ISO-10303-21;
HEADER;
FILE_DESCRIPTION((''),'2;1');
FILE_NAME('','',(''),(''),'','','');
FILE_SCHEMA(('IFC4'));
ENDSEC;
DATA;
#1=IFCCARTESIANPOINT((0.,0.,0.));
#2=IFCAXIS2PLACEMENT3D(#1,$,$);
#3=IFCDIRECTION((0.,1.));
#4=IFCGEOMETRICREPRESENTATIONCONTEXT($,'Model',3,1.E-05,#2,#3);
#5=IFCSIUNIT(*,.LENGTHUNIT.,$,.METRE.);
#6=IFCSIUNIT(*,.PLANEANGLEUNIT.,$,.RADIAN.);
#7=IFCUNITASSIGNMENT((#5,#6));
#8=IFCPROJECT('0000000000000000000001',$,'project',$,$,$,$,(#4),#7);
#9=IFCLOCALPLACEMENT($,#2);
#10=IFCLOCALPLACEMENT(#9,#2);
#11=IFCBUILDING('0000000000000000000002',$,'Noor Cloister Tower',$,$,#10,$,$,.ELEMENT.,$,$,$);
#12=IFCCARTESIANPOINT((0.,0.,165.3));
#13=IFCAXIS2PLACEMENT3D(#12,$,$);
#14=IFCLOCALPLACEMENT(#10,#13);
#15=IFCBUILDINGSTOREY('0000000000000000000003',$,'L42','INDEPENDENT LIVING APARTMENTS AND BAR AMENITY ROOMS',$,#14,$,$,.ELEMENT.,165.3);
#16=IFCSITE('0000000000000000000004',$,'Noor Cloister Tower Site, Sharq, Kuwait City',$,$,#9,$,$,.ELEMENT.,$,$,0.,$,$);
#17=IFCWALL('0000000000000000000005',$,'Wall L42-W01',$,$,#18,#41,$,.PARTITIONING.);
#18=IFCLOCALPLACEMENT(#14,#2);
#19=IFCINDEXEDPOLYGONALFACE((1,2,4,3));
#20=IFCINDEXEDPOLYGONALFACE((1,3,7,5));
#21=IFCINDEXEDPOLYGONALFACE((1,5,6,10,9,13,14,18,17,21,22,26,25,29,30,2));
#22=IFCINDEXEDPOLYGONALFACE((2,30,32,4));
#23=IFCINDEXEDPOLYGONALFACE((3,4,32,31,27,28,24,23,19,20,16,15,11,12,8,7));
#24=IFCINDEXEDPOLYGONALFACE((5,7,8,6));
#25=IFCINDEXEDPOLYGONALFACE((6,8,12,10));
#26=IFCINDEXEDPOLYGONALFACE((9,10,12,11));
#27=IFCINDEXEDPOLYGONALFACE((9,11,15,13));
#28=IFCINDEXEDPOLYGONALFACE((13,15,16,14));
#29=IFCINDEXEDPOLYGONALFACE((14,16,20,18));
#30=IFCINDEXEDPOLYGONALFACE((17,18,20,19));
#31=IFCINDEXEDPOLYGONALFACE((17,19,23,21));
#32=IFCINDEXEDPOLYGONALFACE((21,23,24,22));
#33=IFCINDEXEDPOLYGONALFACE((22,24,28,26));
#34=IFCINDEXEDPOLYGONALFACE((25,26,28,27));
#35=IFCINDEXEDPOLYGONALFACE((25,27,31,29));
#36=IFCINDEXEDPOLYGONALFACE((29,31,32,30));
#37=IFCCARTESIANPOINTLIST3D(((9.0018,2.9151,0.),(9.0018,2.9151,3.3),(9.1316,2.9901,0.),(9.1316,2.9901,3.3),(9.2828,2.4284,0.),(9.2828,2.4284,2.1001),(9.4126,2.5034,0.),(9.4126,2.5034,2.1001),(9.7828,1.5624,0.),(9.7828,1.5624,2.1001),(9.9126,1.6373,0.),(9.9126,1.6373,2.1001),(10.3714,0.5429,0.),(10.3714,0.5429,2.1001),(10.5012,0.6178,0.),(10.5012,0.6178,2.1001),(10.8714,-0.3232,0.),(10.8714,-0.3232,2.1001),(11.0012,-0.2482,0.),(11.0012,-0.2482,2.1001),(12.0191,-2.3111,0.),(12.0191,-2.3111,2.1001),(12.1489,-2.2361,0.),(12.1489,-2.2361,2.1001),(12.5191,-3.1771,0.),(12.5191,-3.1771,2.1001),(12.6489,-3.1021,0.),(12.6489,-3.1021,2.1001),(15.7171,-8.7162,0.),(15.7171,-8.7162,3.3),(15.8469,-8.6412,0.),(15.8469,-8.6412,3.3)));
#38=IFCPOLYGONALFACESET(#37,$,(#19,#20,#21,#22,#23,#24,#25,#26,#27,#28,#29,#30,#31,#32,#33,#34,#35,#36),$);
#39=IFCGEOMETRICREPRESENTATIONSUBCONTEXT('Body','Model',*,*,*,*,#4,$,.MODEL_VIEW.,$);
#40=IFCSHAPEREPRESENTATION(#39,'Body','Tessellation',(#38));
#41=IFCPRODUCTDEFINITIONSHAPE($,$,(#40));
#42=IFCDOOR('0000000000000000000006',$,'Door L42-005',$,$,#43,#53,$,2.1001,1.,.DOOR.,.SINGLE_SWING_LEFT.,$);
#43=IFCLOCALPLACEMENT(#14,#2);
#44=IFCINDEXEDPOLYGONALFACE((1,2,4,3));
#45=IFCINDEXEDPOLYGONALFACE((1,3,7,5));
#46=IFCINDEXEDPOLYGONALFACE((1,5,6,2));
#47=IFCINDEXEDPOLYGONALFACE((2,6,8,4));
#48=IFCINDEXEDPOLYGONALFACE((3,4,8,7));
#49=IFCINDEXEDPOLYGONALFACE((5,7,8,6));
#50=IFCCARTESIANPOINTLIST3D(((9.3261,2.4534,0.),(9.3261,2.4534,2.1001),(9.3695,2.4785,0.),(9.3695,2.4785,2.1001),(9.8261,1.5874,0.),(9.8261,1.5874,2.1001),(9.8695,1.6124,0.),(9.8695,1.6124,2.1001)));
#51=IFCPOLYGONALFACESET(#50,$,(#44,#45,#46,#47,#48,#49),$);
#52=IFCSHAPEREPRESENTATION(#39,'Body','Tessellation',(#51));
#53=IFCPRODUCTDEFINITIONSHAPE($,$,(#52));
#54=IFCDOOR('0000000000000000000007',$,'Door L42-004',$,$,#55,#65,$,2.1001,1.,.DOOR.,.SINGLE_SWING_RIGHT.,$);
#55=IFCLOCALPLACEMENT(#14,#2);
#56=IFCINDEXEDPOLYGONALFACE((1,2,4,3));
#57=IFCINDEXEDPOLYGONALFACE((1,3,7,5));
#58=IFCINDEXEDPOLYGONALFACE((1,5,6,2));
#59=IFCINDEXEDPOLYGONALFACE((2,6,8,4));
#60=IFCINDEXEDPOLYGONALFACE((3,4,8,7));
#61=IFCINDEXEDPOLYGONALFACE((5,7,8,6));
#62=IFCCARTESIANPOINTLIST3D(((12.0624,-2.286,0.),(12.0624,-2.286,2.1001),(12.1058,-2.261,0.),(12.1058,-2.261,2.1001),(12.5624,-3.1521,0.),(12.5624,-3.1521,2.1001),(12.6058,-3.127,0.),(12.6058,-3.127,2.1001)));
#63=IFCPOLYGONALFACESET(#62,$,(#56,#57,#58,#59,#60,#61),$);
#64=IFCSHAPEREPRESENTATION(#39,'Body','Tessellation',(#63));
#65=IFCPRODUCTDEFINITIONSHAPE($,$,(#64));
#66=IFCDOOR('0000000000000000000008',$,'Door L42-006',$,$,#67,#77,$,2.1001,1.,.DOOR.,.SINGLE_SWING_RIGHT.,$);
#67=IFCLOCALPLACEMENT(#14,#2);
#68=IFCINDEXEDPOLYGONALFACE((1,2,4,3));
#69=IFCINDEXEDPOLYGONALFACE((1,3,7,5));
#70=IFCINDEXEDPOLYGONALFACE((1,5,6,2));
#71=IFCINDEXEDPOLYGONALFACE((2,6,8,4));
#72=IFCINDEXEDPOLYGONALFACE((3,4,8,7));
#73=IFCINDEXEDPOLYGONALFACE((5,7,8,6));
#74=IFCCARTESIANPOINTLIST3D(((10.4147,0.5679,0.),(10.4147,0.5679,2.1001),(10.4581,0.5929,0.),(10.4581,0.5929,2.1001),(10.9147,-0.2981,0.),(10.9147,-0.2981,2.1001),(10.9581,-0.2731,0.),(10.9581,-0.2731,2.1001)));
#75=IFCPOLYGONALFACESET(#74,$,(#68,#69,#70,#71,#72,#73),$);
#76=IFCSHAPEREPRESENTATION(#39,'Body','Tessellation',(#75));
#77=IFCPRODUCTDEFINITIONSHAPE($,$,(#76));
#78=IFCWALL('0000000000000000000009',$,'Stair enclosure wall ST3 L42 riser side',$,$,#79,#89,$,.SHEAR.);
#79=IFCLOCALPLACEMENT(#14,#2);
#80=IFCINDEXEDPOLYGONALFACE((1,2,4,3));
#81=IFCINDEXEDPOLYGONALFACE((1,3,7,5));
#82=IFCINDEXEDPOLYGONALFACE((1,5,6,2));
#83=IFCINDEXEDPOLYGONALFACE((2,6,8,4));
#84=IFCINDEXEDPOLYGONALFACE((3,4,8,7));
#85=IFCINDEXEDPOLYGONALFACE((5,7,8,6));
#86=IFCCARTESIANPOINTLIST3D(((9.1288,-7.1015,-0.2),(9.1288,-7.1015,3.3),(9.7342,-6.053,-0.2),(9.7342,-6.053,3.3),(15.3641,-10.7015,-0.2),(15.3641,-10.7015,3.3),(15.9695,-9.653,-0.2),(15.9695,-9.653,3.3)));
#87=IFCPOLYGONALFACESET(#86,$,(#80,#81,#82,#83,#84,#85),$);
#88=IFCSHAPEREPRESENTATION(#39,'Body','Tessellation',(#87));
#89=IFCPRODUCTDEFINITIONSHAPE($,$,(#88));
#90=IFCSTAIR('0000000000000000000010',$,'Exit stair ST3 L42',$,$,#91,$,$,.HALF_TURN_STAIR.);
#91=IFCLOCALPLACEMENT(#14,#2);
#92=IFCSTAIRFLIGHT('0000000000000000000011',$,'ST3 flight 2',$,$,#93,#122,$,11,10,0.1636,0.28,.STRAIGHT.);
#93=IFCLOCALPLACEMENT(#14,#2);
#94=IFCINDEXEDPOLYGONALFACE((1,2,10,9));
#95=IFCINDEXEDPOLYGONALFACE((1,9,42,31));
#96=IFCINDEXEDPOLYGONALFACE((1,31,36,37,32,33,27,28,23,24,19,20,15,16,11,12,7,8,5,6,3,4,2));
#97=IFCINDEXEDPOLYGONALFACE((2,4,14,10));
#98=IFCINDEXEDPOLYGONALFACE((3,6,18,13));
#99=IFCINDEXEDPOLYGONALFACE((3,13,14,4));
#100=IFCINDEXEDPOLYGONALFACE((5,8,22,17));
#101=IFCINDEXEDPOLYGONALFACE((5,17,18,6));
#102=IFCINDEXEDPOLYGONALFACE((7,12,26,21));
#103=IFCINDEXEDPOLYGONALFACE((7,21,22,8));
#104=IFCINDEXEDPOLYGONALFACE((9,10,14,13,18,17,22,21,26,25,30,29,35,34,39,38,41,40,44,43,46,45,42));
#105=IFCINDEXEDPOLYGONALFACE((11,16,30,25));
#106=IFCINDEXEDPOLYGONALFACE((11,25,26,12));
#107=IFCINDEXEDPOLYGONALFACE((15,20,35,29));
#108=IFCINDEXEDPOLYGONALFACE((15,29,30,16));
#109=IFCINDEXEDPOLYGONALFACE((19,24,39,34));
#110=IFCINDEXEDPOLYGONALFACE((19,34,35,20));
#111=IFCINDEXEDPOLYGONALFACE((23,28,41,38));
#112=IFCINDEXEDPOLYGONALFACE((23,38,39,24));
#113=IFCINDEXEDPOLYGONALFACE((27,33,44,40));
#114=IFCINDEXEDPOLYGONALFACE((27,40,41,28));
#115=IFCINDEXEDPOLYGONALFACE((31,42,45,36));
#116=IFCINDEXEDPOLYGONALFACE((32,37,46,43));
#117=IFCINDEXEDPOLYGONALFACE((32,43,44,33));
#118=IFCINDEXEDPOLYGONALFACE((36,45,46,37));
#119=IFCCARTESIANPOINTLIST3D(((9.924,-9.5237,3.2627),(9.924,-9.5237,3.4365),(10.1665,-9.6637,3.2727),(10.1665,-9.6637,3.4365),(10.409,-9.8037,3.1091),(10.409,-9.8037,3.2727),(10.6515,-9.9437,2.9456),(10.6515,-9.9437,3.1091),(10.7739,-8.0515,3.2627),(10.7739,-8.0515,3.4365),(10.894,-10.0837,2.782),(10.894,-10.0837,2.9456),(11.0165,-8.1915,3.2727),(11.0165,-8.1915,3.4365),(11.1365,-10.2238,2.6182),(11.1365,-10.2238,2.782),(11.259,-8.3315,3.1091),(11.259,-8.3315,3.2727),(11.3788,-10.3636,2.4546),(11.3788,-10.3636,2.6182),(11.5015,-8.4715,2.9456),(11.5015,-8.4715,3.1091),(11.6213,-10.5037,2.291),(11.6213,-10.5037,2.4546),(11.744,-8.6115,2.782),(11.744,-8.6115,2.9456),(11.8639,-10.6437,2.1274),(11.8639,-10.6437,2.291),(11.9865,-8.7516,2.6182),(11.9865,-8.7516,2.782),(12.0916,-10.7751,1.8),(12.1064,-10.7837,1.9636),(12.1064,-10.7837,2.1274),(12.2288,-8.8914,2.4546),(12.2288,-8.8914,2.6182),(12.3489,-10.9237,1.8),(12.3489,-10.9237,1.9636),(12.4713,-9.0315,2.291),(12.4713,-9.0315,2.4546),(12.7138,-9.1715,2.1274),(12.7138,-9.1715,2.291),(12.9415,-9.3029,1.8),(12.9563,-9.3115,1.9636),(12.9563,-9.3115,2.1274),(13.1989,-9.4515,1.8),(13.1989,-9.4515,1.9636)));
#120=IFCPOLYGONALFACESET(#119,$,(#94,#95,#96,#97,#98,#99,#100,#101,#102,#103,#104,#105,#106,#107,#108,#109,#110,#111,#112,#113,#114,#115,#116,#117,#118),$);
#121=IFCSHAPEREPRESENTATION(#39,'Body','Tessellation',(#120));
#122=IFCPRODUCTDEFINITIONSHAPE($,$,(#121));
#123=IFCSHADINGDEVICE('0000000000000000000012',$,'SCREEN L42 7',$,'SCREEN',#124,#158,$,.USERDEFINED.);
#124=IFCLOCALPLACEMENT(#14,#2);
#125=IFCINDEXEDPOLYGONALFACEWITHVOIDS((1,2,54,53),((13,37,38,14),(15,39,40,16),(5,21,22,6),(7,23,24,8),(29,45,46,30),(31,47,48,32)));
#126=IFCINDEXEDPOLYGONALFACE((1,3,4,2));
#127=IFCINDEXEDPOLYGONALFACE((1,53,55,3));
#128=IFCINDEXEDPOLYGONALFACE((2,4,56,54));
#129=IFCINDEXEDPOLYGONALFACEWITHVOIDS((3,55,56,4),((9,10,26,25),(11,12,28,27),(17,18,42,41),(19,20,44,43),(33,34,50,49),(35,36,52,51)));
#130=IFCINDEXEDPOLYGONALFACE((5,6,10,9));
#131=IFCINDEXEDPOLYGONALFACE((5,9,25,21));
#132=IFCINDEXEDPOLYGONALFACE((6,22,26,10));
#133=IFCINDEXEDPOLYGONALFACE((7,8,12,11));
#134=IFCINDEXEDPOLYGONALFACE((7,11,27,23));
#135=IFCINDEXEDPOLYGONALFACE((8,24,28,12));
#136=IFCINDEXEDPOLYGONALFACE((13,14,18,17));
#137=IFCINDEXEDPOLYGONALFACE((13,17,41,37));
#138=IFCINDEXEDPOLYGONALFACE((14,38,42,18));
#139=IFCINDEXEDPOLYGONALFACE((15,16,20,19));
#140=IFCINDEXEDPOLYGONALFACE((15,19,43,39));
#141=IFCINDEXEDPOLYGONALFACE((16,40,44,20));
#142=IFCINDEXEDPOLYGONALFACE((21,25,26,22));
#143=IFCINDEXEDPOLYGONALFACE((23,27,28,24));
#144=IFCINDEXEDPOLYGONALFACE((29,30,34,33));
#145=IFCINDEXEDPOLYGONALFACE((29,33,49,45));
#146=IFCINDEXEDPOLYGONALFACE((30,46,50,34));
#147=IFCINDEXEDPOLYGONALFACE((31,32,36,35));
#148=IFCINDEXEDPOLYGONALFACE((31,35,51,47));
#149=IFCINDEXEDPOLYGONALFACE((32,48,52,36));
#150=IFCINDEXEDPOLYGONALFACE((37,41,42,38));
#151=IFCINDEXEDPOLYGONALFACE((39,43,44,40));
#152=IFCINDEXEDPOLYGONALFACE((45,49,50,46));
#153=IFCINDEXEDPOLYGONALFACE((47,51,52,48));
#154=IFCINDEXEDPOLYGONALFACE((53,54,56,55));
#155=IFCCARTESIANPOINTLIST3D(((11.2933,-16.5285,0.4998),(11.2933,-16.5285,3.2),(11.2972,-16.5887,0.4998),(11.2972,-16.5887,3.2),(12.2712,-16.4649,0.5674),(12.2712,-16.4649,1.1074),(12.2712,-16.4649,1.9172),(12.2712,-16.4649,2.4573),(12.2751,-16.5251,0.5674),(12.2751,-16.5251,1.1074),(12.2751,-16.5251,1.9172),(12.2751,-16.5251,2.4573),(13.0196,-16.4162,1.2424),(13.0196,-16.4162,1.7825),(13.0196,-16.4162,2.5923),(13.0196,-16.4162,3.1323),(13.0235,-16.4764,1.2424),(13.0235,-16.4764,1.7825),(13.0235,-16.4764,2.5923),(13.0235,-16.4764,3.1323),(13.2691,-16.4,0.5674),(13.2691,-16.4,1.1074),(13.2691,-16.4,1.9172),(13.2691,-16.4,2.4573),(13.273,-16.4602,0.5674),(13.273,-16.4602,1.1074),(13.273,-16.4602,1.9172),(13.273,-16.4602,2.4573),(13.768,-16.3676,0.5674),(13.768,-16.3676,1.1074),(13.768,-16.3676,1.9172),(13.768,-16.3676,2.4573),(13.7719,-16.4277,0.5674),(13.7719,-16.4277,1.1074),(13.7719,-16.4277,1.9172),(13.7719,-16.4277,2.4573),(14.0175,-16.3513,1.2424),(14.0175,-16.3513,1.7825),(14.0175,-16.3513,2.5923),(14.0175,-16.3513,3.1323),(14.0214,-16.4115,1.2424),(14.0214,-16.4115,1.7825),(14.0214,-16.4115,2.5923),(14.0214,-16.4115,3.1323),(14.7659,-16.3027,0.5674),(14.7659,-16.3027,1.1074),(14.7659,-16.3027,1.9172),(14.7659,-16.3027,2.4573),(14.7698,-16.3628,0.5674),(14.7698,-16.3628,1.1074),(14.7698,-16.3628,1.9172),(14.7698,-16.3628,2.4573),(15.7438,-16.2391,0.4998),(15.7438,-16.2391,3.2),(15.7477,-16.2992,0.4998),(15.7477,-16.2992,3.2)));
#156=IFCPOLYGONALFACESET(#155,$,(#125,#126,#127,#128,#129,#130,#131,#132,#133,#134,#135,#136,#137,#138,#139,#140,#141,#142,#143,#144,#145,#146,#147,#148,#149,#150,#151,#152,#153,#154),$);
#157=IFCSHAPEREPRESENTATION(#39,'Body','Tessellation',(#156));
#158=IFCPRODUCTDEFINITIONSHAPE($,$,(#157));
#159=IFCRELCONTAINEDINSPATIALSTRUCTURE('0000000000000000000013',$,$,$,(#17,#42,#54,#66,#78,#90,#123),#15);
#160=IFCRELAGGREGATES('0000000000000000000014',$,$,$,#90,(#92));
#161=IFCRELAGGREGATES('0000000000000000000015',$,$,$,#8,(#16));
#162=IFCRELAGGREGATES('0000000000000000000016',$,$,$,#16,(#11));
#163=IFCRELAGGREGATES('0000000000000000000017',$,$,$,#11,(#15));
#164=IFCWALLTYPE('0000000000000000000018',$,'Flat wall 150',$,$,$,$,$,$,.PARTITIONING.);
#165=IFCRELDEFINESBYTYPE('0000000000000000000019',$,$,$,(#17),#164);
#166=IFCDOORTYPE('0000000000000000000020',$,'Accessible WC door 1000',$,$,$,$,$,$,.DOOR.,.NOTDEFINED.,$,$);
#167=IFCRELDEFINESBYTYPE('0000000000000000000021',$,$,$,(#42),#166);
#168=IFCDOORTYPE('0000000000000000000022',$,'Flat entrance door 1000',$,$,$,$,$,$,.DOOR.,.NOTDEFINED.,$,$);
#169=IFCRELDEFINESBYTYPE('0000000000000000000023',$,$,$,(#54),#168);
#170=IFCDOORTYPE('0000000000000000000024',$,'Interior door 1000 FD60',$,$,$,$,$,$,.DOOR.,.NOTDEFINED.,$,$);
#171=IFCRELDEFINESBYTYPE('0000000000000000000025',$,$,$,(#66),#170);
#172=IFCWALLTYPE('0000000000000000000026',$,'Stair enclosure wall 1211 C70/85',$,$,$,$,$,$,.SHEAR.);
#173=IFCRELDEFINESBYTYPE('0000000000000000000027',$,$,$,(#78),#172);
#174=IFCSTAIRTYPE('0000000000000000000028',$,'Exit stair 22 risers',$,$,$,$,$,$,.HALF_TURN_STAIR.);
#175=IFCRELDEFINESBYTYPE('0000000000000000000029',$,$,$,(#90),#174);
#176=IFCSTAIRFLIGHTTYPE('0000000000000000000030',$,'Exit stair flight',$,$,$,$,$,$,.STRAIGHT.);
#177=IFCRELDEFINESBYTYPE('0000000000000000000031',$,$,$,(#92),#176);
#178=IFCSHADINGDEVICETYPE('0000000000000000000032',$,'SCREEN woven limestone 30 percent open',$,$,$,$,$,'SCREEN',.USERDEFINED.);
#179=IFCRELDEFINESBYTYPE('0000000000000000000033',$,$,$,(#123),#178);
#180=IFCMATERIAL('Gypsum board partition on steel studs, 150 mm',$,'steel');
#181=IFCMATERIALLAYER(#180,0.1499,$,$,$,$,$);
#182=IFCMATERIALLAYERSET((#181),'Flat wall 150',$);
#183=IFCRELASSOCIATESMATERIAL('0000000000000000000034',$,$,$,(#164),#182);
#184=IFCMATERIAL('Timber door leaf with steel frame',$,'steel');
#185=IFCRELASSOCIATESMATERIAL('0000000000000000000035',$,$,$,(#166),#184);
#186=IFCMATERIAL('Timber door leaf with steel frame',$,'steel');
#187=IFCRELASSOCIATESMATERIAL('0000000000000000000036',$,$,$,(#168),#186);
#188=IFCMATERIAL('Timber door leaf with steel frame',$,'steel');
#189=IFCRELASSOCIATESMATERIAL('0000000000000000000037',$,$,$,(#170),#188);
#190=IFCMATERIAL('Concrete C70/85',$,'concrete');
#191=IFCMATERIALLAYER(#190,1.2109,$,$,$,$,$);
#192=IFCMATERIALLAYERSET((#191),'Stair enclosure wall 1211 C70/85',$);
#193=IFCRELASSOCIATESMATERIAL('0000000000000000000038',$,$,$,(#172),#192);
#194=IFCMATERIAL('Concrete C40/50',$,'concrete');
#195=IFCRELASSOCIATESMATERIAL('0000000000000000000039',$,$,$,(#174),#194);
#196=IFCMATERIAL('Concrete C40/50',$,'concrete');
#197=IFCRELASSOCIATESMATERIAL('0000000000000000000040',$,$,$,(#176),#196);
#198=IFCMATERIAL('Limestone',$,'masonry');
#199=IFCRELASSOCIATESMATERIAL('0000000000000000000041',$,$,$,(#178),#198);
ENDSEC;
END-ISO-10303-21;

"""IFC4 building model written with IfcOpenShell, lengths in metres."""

from ifc_helpers import new_model, si_unit, direction, frame, frame_2d, origin, place, context, subcontext, project, spatial, polyline, rectangle, outline, extrude, material, layer, layer_set, material_profile, profile_set, type_object, element, fill, aggregate, save


model = new_model("IFC4")

# Units and contexts
model_context = context("Model", 3, precision=1e-05, world=origin(), true_north=direction((0.0, 1.0)))
body_context = subcontext(model_context, "Body", "Model", "MODEL_VIEW")
ifc_project = project(units=[si_unit("LENGTHUNIT", "METRE"), si_unit("PLANEANGLEUNIT", "RADIAN")], contexts=[model_context])

# Site, building, storey
site_placement = place(None, origin())
site = spatial("IfcSite", under=ifc_project, at=site_placement, Name="Noor Cloister Tower Site, Sharq, Kuwait City", CompositionType="ELEMENT", RefElevation=0.0)
building_placement = place(site_placement, origin())
building = spatial("IfcBuilding", under=site, at=building_placement, Name="Noor Cloister Tower", CompositionType="ELEMENT")
storey_placement = place(building_placement, frame((0.0, 0.0, 165.3)))
storey = spatial("IfcBuildingStorey", under=building, at=storey_placement, Name="L42", Description="INDEPENDENT LIVING APARTMENTS AND BAR AMENITY ROOMS", CompositionType="ELEMENT", Elevation=165.3)

# Wall, openings, doors
ifc_material_1 = material(Name="Gypsum board partition on steel studs, 150 mm", Category="steel")
ifc_layer_1 = layer(ifc_material_1, 0.1499)
ifc_layer_set_1 = layer_set([ifc_layer_1], Name="Flat wall 150")
wall_type_1 = type_object("IfcWallType", Name="Flat wall 150", PredefinedType="PARTITIONING", material=ifc_layer_set_1)
wall_1_placement = place(storey_placement, frame((15.782, -8.6787, 0.0), z_axis=(0.0, 0.0, 1.0), x_axis=(-0.499998, 0.866026, 0.0)))
wall_1 = element("IfcWall", 1, at=wall_1_placement, inside=storey, type_object=wall_type_1, Name="Wall L42-W01", PredefinedType="PARTITIONING", context=body_context, shape_type="SweptSolid", body=[
    extrude(rectangle(XDim=13.4307, YDim=0.1499, at=frame_2d((6.7153, 0.0))), origin(), (0.0, 0.0, 1.0), 3.3),
])
opening_1_placement = place(wall_1_placement, frame((6.396, 0.0, 0.0)))
opening_1 = element("IfcOpeningElement", 2, at=opening_1_placement, cuts=wall_1, PredefinedType="OPENING", context=body_context, shape_type="SweptSolid", body=[
    extrude(rectangle(XDim=1.0, YDim=2.1001, at=frame_2d((0.5, 1.05))), frame((0.0, 0.085, 0.0), z_axis=(0.0, -1.0, 0.0), x_axis=(1.0, 0.0, 0.0)), (0.0, 0.0, 1.0), 0.1699),
])
opening_2_placement = place(wall_1_placement, frame((11.8687, 0.0, 0.0)))
opening_2 = element("IfcOpeningElement", 3, at=opening_2_placement, cuts=wall_1, PredefinedType="OPENING", context=body_context, shape_type="SweptSolid", body=[
    extrude(rectangle(XDim=1.0, YDim=2.1001, at=frame_2d((0.5, 1.05))), frame((0.0, 0.085, 0.0), z_axis=(0.0, -1.0, 0.0), x_axis=(1.0, 0.0, 0.0)), (0.0, 0.0, 1.0), 0.1699),
])
opening_3_placement = place(wall_1_placement, frame((9.6914, 0.0, 0.0)))
opening_3 = element("IfcOpeningElement", 4, at=opening_3_placement, cuts=wall_1, PredefinedType="OPENING", context=body_context, shape_type="SweptSolid", body=[
    extrude(rectangle(XDim=1.0, YDim=2.1001, at=frame_2d((0.5, 1.05))), frame((0.0, 0.085, 0.0), z_axis=(0.0, -1.0, 0.0), x_axis=(1.0, 0.0, 0.0)), (0.0, 0.0, 1.0), 0.1699),
])
ifc_material_2 = material(Name="Timber door leaf with steel frame", Category="steel")
door_type_1 = type_object("IfcDoorType", Name="Accessible WC door 1000", OperationType="NOTDEFINED", PredefinedType="DOOR", material=ifc_material_2)
door_1_placement = place(opening_2_placement, origin())
door_1 = element("IfcDoor", 5, at=door_1_placement, inside=storey, type_object=door_type_1, Name="Door L42-005", OperationType="SINGLE_SWING_LEFT", OverallHeight=2.1001, OverallWidth=1.0, PredefinedType="DOOR", context=body_context, shape_type="SweptSolid", body=[
    extrude(rectangle(XDim=1.0, YDim=2.1001, at=frame_2d((0.5, 1.05))), frame((0.0, 0.0249, 0.0), z_axis=(0.0, -1.0, 0.0), x_axis=(1.0, 0.0, 0.0)), (0.0, 0.0, 1.0), 0.05),
])
fill(opening_2, door_1)
ifc_material_3 = material(Name="Timber door leaf with steel frame", Category="steel")
door_type_2 = type_object("IfcDoorType", Name="Flat entrance door 1000", OperationType="NOTDEFINED", PredefinedType="DOOR", material=ifc_material_3)
door_2_placement = place(opening_1_placement, origin())
door_2 = element("IfcDoor", 6, at=door_2_placement, inside=storey, type_object=door_type_2, Name="Door L42-004", OperationType="SINGLE_SWING_RIGHT", OverallHeight=2.1001, OverallWidth=1.0, PredefinedType="DOOR", context=body_context, shape_type="SweptSolid", body=[
    extrude(rectangle(XDim=1.0, YDim=2.1001, at=frame_2d((0.5, 1.05))), frame((0.0, 0.0249, 0.0), z_axis=(0.0, -1.0, 0.0), x_axis=(1.0, 0.0, 0.0)), (0.0, 0.0, 1.0), 0.05),
])
fill(opening_1, door_2)
ifc_material_4 = material(Name="Timber door leaf with steel frame", Category="steel")
door_type_3 = type_object("IfcDoorType", Name="Interior door 1000 FD60", OperationType="NOTDEFINED", PredefinedType="DOOR", material=ifc_material_4)
door_3_placement = place(opening_3_placement, origin())
door_3 = element("IfcDoor", 7, at=door_3_placement, inside=storey, type_object=door_type_3, Name="Door L42-006", OperationType="SINGLE_SWING_RIGHT", OverallHeight=2.1001, OverallWidth=1.0, PredefinedType="DOOR", context=body_context, shape_type="SweptSolid", body=[
    extrude(rectangle(XDim=1.0, YDim=2.1001, at=frame_2d((0.5, 1.05))), frame((0.0, 0.0249, 0.0), z_axis=(0.0, -1.0, 0.0), x_axis=(1.0, 0.0, 0.0)), (0.0, 0.0, 1.0), 0.05),
])
fill(opening_3, door_3)

# Wall
ifc_material_5 = material(Name="Concrete C70/85", Category="concrete")
ifc_layer_2 = layer(ifc_material_5, 1.2109)
ifc_layer_set_2 = layer_set([ifc_layer_2], Name="Stair enclosure wall 1211 C70/85")
wall_type_2 = type_object("IfcWallType", Name="Stair enclosure wall 1211 C70/85", PredefinedType="SHEAR", material=ifc_layer_set_2)
wall_2_placement = place(storey_placement, frame((9.4314, -6.5771, -0.2), z_axis=(0.0, 0.0, 1.0), x_axis=(0.866018, -0.500012, 0.0)))
element("IfcWall", 8, at=wall_2_placement, inside=storey, type_object=wall_type_2, Name="Stair enclosure wall ST3 L42 riser side", PredefinedType="SHEAR", context=body_context, shape_type="SweptSolid", body=[
    extrude(rectangle(XDim=7.2, YDim=1.2107, at=frame_2d((3.6001, 0.0))), origin(), (0.0, 0.0, 1.0), 3.5),
])

# Stair, stair flight
ifc_material_6 = material(Name="Concrete C40/50", Category="concrete")
stair_type = type_object("IfcStairType", Name="Exit stair 22 risers", PredefinedType="HALF_TURN_STAIR", material=ifc_material_6)
stair_placement = place(storey_placement, origin())
stair = element("IfcStair", 9, at=stair_placement, inside=storey, type_object=stair_type, Name="Exit stair ST3 L42", PredefinedType="HALF_TURN_STAIR")
ifc_material_7 = material(Name="Concrete C40/50", Category="concrete")
stair_flight_type = type_object("IfcStairFlightType", Name="Exit stair flight", PredefinedType="STRAIGHT", material=ifc_material_7)
stair_flight_placement = place(storey_placement, frame((12.7739, -10.1875, 1.8), z_axis=(0.0, 0.0, 1.0), x_axis=(-0.866025, 0.5, 0.0)))
stair_flight = element("IfcStairFlight", 10, at=stair_flight_placement, type_object=stair_flight_type, Name="ST3 flight 2", NumberOfRisers=11, NumberOfTreads=10, PredefinedType="STRAIGHT", RiserHeight=0.1636, TreadLength=0.28, context=body_context, shape_type="SweptSolid", body=[
    extrude(outline(polyline([(0.0, 0.0), (0.0, 0.1636), (0.28, 0.1636), (0.28, 0.3274), (0.5601, 0.3274), (0.5601, 0.491), (0.8401, 0.491), (0.8401, 0.6545), (1.1201, 0.6545), (1.1201, 0.8181), (1.3999, 0.8181), (1.3999, 0.9819), (1.6799, 0.9819), (1.6799, 1.1455), (1.96, 1.1455), (1.96, 1.3091), (2.24, 1.3091), (2.24, 1.4727), (2.52, 1.4727), (2.52, 1.6365), (2.8, 1.6365), (2.8, 1.8), (2.8, 1.4626), (0.2971, 0.0), (0.0, 0.0)])), frame((0.0, 0.8501, 0.0), z_axis=(0.0, -1.0, 0.0), x_axis=(1.0, 0.0, 0.0)), (0.0, 0.0, 1.0), 1.7),
])
aggregate(stair, [stair_flight])

# Shading device
ifc_material_8 = material(Name="Limestone", Category="masonry")
ifc_material_profile_1 = material_profile(ifc_material_8, outline(polyline([(-2.23, -1.3501), (2.23, -1.3501), (2.23, 1.3501), (-2.23, 1.3501), (-2.23, -1.3501)]), holes=[polyline([(-1.25, -1.2825), (-0.25, -1.2825), (-0.25, -0.7424), (-1.25, -0.7424), (-1.25, -1.2825)]), polyline([(0.25, -1.2825), (1.25, -1.2825), (1.25, -0.7424), (0.25, -0.7424), (0.25, -1.2825)]), polyline([(-0.5, -0.6074), (0.5, -0.6074), (0.5, -0.0674), (-0.5, -0.0674), (-0.5, -0.6074)]), polyline([(-1.25, 0.0674), (-0.25, 0.0674), (-0.25, 0.6074), (-1.25, 0.6074), (-1.25, 0.0674)]), polyline([(0.25, 0.0674), (1.25, 0.0674), (1.25, 0.6074), (0.25, 0.6074), (0.25, 0.0674)]), polyline([(-0.5, 0.7424), (0.5, 0.7424), (0.5, 1.2825), (-0.5, 1.2825), (-0.5, 0.7424)])]), Name="Woven screen 30 percent open")
ifc_profile_set_1 = profile_set([ifc_material_profile_1], Name="Limestone")
shading_device_type = type_object("IfcShadingDeviceType", Name="SCREEN woven limestone 30 percent open", ElementType="SCREEN", PredefinedType="USERDEFINED", material=ifc_profile_set_1)
shading_device_placement = place(storey_placement, frame((13.5186, -16.3838, 1.8499), z_axis=(0.064904, -0.997892, 0.0), x_axis=(0.997892, 0.064904, 0.0)))
element("IfcShadingDevice", 11, at=shading_device_placement, inside=storey, type_object=shading_device_type, Name="SCREEN L42 7", ObjectType="SCREEN", PredefinedType="USERDEFINED", context=body_context, shape_type="SweptSolid", body=[
    extrude(outline(polyline([(-2.23, -1.3501), (2.23, -1.3501), (2.23, 1.3501), (-2.23, 1.3501), (-2.23, -1.3501)]), holes=[polyline([(-1.25, -1.2825), (-0.25, -1.2825), (-0.25, -0.7424), (-1.25, -0.7424), (-1.25, -1.2825)]), polyline([(0.25, -1.2825), (1.25, -1.2825), (1.25, -0.7424), (0.25, -0.7424), (0.25, -1.2825)]), polyline([(-0.5, -0.6074), (0.5, -0.6074), (0.5, -0.0674), (-0.5, -0.0674), (-0.5, -0.6074)]), polyline([(-1.25, 0.0674), (-0.25, 0.0674), (-0.25, 0.6074), (-1.25, 0.6074), (-1.25, 0.0674)]), polyline([(0.25, 0.0674), (1.25, 0.0674), (1.25, 0.6074), (0.25, 0.6074), (0.25, 0.0674)]), polyline([(-0.5, 0.7424), (0.5, 0.7424), (0.5, 1.2825), (-0.5, 1.2825), (-0.5, 0.7424)])]), origin(), (0.0, 0.0, 1.0), 0.0603),
])

save(model, "model.ifc")
